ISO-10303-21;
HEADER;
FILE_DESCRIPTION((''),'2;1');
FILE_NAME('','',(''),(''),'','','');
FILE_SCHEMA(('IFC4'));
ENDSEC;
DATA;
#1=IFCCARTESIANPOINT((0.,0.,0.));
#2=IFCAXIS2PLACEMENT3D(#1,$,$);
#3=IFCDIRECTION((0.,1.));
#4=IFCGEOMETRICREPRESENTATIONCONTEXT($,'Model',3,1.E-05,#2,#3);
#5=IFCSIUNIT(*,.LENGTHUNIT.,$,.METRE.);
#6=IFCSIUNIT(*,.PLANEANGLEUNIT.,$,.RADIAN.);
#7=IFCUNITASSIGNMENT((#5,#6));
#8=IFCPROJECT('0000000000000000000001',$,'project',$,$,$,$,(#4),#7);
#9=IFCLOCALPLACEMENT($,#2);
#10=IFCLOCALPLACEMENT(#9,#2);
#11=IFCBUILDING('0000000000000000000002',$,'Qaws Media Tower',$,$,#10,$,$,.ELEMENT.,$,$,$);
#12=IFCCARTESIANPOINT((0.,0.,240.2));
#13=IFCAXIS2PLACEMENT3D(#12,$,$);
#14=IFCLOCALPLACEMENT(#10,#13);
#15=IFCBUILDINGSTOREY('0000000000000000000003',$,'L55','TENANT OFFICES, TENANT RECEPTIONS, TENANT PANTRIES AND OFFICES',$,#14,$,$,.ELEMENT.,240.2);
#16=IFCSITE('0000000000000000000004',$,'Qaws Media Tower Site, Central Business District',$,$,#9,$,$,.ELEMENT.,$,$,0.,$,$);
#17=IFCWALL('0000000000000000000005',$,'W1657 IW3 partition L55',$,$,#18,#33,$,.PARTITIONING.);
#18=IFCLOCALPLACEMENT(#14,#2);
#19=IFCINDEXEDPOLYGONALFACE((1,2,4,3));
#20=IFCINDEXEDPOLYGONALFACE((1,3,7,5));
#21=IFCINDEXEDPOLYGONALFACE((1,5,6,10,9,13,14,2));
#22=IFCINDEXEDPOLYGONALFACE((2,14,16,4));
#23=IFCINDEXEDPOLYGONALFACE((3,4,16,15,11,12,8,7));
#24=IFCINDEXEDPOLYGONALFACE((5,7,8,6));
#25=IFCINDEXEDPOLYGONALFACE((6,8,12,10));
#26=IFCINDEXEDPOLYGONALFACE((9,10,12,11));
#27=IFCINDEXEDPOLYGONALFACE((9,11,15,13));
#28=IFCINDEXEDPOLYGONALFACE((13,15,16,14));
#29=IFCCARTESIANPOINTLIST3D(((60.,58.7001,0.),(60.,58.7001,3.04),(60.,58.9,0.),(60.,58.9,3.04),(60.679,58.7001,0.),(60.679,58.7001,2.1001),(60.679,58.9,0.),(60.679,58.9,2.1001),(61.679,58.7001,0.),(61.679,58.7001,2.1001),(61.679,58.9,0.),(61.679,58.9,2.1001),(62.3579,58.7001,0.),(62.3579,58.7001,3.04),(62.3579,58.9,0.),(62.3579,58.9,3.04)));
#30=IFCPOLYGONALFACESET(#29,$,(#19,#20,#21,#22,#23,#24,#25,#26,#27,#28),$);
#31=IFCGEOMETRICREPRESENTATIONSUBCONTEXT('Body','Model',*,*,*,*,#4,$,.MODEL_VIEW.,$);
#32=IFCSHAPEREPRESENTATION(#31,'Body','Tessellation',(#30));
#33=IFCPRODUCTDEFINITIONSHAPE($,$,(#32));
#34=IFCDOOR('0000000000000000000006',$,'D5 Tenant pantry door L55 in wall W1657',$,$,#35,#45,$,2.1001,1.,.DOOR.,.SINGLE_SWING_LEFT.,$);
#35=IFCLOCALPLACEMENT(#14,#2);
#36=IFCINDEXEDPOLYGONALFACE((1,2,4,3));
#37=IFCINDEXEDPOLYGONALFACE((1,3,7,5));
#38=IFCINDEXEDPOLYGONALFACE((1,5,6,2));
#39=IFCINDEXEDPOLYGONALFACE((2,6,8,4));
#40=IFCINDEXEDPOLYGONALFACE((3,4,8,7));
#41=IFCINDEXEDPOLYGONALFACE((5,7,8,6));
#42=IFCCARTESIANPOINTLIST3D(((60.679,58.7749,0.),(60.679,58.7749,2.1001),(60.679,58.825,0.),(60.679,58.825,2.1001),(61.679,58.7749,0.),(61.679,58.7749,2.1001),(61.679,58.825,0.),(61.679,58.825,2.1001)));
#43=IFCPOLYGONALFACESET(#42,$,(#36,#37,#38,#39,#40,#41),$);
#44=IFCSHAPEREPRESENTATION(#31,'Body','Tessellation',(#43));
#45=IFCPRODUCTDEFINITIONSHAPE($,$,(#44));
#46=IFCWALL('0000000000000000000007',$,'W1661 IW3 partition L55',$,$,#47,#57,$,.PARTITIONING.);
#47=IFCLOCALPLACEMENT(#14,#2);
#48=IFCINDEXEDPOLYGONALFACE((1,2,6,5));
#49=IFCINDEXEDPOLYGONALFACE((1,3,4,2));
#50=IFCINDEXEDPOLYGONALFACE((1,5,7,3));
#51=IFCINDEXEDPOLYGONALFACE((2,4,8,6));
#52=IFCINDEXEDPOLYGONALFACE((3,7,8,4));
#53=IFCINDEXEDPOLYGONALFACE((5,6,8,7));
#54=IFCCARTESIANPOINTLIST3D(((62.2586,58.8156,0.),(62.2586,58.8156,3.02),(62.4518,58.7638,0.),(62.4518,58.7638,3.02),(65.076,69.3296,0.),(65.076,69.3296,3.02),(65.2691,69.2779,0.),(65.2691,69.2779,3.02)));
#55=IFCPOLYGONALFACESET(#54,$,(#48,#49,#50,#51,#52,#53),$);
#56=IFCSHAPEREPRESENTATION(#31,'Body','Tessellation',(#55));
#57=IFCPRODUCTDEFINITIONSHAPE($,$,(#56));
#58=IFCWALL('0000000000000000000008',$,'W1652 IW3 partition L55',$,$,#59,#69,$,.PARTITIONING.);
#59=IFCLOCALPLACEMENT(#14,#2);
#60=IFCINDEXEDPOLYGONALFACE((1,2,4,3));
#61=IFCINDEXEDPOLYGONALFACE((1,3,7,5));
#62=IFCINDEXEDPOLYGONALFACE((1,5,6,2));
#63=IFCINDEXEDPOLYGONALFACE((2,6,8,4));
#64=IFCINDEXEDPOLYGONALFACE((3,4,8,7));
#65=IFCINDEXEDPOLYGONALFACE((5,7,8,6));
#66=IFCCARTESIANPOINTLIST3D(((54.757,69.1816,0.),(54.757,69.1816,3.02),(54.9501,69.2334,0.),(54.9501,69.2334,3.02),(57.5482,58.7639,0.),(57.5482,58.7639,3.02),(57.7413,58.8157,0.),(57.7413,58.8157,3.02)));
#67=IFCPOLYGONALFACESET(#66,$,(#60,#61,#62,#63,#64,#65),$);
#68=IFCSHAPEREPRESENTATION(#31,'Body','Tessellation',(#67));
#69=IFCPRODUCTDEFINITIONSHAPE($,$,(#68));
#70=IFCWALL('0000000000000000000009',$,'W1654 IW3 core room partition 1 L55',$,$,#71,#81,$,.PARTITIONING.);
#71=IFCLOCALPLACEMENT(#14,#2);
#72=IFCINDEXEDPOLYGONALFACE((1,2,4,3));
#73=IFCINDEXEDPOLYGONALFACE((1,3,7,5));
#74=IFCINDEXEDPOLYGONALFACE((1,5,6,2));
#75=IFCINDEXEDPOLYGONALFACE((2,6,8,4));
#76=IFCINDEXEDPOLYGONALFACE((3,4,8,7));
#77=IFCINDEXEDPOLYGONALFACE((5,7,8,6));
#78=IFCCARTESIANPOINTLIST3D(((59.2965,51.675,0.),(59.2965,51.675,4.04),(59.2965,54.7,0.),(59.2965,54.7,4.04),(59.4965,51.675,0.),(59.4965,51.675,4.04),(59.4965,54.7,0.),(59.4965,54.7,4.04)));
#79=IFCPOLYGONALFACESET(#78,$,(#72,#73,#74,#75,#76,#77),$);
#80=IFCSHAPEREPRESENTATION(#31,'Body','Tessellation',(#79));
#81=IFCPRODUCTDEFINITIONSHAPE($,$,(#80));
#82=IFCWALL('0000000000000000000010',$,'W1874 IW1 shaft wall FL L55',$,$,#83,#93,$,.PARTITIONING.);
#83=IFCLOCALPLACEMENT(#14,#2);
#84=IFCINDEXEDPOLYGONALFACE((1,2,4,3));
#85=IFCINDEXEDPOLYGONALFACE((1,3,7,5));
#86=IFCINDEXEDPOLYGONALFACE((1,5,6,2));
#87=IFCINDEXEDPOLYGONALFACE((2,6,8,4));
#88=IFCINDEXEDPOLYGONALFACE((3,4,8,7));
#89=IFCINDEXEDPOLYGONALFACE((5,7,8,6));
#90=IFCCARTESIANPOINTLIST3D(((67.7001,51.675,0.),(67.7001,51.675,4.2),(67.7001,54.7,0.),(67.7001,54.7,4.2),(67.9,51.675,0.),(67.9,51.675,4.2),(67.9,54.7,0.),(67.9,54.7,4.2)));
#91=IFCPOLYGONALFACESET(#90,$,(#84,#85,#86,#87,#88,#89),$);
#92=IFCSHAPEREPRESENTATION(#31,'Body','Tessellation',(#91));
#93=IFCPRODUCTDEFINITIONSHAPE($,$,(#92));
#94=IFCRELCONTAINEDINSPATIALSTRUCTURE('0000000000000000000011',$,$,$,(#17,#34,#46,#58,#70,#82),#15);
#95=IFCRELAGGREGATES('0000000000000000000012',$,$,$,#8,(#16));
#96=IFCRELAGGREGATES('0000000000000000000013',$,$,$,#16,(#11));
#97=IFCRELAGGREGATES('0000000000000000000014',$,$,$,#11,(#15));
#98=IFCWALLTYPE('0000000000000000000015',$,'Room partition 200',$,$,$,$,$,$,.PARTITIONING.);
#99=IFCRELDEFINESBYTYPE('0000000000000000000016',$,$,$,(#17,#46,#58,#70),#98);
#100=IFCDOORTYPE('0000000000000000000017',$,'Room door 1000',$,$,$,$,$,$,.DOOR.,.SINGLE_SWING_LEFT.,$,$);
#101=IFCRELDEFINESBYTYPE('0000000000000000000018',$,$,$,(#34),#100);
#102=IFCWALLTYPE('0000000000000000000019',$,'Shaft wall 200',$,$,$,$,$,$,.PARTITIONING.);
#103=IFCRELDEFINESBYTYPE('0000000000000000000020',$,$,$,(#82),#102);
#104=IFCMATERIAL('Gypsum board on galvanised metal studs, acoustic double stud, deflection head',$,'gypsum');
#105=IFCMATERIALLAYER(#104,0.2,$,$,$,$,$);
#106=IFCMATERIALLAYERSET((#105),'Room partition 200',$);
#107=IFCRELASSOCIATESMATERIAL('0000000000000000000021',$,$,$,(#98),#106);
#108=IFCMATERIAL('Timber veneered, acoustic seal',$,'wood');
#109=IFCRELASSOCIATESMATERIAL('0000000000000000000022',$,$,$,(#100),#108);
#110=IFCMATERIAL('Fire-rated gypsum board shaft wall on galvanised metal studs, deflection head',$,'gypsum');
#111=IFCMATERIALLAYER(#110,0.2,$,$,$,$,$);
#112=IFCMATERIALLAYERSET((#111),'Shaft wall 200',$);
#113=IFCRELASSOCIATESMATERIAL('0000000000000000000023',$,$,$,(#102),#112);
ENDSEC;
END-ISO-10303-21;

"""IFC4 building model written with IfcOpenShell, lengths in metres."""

from ifc_helpers import new_model, si_unit, direction, frame, frame_2d, origin, place, context, subcontext, project, spatial, rectangle, extrude, material, layer, layer_set, type_object, element, fill, save


model = new_model("IFC4")

# Units and contexts
model_context = context("Model", 3, precision=1e-05, world=origin(), true_north=direction((0.0, 1.0)))
body_context = subcontext(model_context, "Body", "Model", "MODEL_VIEW")
ifc_project = project(units=[si_unit("LENGTHUNIT", "METRE"), si_unit("PLANEANGLEUNIT", "RADIAN")], contexts=[model_context])

# Site, building, storey
site_placement = place(None, origin())
site = spatial("IfcSite", under=ifc_project, at=site_placement, Name="Qaws Media Tower Site, Central Business District", CompositionType="ELEMENT", RefElevation=0.0)
building_placement = place(site_placement, origin())
building = spatial("IfcBuilding", under=site, at=building_placement, Name="Qaws Media Tower", CompositionType="ELEMENT")
storey_placement = place(building_placement, frame((0.0, 0.0, 240.2)))
storey = spatial("IfcBuildingStorey", under=building, at=storey_placement, Name="L55", Description="TENANT OFFICES, TENANT RECEPTIONS, TENANT PANTRIES AND OFFICES", CompositionType="ELEMENT", Elevation=240.2)

# Wall, opening, door
ifc_material_1 = material(Name="Gypsum board on galvanised metal studs, acoustic double stud, deflection head", Category="gypsum")
ifc_layer_1 = layer(ifc_material_1, 0.2)
ifc_layer_set_1 = layer_set([ifc_layer_1], Name="Room partition 200")
wall_type_1 = type_object("IfcWallType", Name="Room partition 200", PredefinedType="PARTITIONING", material=ifc_layer_set_1)
ifc_material_2 = material(Name="Timber veneered, acoustic seal", Category="wood")
door_type_1 = type_object("IfcDoorType", Name="Room door 1000", OperationType="SINGLE_SWING_LEFT", PredefinedType="DOOR", material=ifc_material_2)
wall_1_placement = place(storey_placement, frame((60.0, 58.8, 0.0), z_axis=(0.0, 0.0, 1.0), x_axis=(1.0, 0.0, 0.0)))
wall_1 = element("IfcWall", 1, at=wall_1_placement, inside=storey, type_object=wall_type_1, Name="W1657 IW3 partition L55", PredefinedType="PARTITIONING", context=body_context, shape_type="SweptSolid", body=[
    extrude(rectangle(XDim=2.3579, YDim=0.2, at=frame_2d((1.179, 0.0))), origin(), (0.0, 0.0, 1.0), 3.04),
])
opening_1_placement = place(wall_1_placement, frame((0.679, 0.0, 0.0)))
opening_1 = element("IfcOpeningElement", 2, at=opening_1_placement, cuts=wall_1, PredefinedType="OPENING", context=body_context, shape_type="SweptSolid", body=[
    extrude(rectangle(XDim=1.0, YDim=2.1001, at=frame_2d((0.5, 1.05))), frame((0.0, 0.1099, 0.0), z_axis=(0.0, -1.0, 0.0), x_axis=(1.0, 0.0, 0.0)), (0.0, 0.0, 1.0), 0.22),
])
door_1_placement = place(opening_1_placement, origin())
door_1 = element("IfcDoor", 3, at=door_1_placement, inside=storey, type_object=door_type_1, Name="D5 Tenant pantry door L55 in wall W1657", OperationType="SINGLE_SWING_LEFT", OverallHeight=2.1001, OverallWidth=1.0, PredefinedType="DOOR", context=body_context, shape_type="SweptSolid", body=[
    extrude(rectangle(XDim=1.0, YDim=2.1001, at=frame_2d((0.5, 1.05))), frame((0.0, 0.0249, 0.0), z_axis=(0.0, -1.0, 0.0), x_axis=(1.0, 0.0, 0.0)), (0.0, 0.0, 1.0), 0.05),
])
fill(opening_1, door_1)

# Walls
wall_2_placement = place(storey_placement, frame((62.3552, 58.7898, 0.0), z_axis=(0.0, 0.0, 1.0), x_axis=(0.25883, 0.965923, 0.0)))
element("IfcWall", 4, at=wall_2_placement, inside=storey, type_object=wall_type_1, Name="W1661 IW3 partition L55", PredefinedType="PARTITIONING", context=body_context, shape_type="SweptSolid", body=[
    extrude(rectangle(XDim=10.885, YDim=0.2, at=frame_2d((5.4424, 0.0))), origin(), (0.0, 0.0, 1.0), 3.02),
])
wall_3_placement = place(storey_placement, frame((57.6448, 58.7898, 0.0), z_axis=(0.0, 0.0, 1.0), x_axis=(-0.258805, 0.96593, 0.0)))
element("IfcWall", 5, at=wall_3_placement, inside=storey, type_object=wall_type_1, Name="W1652 IW3 partition L55", PredefinedType="PARTITIONING", context=body_context, shape_type="SweptSolid", body=[
    extrude(rectangle(XDim=10.7852, YDim=0.2, at=frame_2d((5.3926, 0.0))), origin(), (0.0, 0.0, 1.0), 3.02),
])
wall_4_placement = place(storey_placement, frame((59.3965, 51.675, 0.0), z_axis=(0.0, 0.0, 1.0), x_axis=(0.0, 1.0, 0.0)))
element("IfcWall", 6, at=wall_4_placement, inside=storey, type_object=wall_type_1, Name="W1654 IW3 core room partition 1 L55", PredefinedType="PARTITIONING", context=body_context, shape_type="SweptSolid", body=[
    extrude(rectangle(XDim=3.0249, YDim=0.2, at=frame_2d((1.5125, 0.0))), origin(), (0.0, 0.0, 1.0), 4.04),
])
ifc_material_3 = material(Name="Fire-rated gypsum board shaft wall on galvanised metal studs, deflection head", Category="gypsum")
ifc_layer_2 = layer(ifc_material_3, 0.2)
ifc_layer_set_2 = layer_set([ifc_layer_2], Name="Shaft wall 200")
wall_type_2 = type_object("IfcWallType", Name="Shaft wall 200", PredefinedType="PARTITIONING", material=ifc_layer_set_2)
wall_5_placement = place(storey_placement, frame((67.8, 51.675, 0.0), z_axis=(0.0, 0.0, 1.0), x_axis=(0.0, 1.0, 0.0)))
element("IfcWall", 7, at=wall_5_placement, inside=storey, type_object=wall_type_2, Name="W1874 IW1 shaft wall FL L55", PredefinedType="PARTITIONING", context=body_context, shape_type="SweptSolid", body=[
    extrude(rectangle(XDim=3.0249, YDim=0.2, at=frame_2d((1.5125, 0.0))), origin(), (0.0, 0.0, 1.0), 4.2),
])

save(model, "model.ifc")
